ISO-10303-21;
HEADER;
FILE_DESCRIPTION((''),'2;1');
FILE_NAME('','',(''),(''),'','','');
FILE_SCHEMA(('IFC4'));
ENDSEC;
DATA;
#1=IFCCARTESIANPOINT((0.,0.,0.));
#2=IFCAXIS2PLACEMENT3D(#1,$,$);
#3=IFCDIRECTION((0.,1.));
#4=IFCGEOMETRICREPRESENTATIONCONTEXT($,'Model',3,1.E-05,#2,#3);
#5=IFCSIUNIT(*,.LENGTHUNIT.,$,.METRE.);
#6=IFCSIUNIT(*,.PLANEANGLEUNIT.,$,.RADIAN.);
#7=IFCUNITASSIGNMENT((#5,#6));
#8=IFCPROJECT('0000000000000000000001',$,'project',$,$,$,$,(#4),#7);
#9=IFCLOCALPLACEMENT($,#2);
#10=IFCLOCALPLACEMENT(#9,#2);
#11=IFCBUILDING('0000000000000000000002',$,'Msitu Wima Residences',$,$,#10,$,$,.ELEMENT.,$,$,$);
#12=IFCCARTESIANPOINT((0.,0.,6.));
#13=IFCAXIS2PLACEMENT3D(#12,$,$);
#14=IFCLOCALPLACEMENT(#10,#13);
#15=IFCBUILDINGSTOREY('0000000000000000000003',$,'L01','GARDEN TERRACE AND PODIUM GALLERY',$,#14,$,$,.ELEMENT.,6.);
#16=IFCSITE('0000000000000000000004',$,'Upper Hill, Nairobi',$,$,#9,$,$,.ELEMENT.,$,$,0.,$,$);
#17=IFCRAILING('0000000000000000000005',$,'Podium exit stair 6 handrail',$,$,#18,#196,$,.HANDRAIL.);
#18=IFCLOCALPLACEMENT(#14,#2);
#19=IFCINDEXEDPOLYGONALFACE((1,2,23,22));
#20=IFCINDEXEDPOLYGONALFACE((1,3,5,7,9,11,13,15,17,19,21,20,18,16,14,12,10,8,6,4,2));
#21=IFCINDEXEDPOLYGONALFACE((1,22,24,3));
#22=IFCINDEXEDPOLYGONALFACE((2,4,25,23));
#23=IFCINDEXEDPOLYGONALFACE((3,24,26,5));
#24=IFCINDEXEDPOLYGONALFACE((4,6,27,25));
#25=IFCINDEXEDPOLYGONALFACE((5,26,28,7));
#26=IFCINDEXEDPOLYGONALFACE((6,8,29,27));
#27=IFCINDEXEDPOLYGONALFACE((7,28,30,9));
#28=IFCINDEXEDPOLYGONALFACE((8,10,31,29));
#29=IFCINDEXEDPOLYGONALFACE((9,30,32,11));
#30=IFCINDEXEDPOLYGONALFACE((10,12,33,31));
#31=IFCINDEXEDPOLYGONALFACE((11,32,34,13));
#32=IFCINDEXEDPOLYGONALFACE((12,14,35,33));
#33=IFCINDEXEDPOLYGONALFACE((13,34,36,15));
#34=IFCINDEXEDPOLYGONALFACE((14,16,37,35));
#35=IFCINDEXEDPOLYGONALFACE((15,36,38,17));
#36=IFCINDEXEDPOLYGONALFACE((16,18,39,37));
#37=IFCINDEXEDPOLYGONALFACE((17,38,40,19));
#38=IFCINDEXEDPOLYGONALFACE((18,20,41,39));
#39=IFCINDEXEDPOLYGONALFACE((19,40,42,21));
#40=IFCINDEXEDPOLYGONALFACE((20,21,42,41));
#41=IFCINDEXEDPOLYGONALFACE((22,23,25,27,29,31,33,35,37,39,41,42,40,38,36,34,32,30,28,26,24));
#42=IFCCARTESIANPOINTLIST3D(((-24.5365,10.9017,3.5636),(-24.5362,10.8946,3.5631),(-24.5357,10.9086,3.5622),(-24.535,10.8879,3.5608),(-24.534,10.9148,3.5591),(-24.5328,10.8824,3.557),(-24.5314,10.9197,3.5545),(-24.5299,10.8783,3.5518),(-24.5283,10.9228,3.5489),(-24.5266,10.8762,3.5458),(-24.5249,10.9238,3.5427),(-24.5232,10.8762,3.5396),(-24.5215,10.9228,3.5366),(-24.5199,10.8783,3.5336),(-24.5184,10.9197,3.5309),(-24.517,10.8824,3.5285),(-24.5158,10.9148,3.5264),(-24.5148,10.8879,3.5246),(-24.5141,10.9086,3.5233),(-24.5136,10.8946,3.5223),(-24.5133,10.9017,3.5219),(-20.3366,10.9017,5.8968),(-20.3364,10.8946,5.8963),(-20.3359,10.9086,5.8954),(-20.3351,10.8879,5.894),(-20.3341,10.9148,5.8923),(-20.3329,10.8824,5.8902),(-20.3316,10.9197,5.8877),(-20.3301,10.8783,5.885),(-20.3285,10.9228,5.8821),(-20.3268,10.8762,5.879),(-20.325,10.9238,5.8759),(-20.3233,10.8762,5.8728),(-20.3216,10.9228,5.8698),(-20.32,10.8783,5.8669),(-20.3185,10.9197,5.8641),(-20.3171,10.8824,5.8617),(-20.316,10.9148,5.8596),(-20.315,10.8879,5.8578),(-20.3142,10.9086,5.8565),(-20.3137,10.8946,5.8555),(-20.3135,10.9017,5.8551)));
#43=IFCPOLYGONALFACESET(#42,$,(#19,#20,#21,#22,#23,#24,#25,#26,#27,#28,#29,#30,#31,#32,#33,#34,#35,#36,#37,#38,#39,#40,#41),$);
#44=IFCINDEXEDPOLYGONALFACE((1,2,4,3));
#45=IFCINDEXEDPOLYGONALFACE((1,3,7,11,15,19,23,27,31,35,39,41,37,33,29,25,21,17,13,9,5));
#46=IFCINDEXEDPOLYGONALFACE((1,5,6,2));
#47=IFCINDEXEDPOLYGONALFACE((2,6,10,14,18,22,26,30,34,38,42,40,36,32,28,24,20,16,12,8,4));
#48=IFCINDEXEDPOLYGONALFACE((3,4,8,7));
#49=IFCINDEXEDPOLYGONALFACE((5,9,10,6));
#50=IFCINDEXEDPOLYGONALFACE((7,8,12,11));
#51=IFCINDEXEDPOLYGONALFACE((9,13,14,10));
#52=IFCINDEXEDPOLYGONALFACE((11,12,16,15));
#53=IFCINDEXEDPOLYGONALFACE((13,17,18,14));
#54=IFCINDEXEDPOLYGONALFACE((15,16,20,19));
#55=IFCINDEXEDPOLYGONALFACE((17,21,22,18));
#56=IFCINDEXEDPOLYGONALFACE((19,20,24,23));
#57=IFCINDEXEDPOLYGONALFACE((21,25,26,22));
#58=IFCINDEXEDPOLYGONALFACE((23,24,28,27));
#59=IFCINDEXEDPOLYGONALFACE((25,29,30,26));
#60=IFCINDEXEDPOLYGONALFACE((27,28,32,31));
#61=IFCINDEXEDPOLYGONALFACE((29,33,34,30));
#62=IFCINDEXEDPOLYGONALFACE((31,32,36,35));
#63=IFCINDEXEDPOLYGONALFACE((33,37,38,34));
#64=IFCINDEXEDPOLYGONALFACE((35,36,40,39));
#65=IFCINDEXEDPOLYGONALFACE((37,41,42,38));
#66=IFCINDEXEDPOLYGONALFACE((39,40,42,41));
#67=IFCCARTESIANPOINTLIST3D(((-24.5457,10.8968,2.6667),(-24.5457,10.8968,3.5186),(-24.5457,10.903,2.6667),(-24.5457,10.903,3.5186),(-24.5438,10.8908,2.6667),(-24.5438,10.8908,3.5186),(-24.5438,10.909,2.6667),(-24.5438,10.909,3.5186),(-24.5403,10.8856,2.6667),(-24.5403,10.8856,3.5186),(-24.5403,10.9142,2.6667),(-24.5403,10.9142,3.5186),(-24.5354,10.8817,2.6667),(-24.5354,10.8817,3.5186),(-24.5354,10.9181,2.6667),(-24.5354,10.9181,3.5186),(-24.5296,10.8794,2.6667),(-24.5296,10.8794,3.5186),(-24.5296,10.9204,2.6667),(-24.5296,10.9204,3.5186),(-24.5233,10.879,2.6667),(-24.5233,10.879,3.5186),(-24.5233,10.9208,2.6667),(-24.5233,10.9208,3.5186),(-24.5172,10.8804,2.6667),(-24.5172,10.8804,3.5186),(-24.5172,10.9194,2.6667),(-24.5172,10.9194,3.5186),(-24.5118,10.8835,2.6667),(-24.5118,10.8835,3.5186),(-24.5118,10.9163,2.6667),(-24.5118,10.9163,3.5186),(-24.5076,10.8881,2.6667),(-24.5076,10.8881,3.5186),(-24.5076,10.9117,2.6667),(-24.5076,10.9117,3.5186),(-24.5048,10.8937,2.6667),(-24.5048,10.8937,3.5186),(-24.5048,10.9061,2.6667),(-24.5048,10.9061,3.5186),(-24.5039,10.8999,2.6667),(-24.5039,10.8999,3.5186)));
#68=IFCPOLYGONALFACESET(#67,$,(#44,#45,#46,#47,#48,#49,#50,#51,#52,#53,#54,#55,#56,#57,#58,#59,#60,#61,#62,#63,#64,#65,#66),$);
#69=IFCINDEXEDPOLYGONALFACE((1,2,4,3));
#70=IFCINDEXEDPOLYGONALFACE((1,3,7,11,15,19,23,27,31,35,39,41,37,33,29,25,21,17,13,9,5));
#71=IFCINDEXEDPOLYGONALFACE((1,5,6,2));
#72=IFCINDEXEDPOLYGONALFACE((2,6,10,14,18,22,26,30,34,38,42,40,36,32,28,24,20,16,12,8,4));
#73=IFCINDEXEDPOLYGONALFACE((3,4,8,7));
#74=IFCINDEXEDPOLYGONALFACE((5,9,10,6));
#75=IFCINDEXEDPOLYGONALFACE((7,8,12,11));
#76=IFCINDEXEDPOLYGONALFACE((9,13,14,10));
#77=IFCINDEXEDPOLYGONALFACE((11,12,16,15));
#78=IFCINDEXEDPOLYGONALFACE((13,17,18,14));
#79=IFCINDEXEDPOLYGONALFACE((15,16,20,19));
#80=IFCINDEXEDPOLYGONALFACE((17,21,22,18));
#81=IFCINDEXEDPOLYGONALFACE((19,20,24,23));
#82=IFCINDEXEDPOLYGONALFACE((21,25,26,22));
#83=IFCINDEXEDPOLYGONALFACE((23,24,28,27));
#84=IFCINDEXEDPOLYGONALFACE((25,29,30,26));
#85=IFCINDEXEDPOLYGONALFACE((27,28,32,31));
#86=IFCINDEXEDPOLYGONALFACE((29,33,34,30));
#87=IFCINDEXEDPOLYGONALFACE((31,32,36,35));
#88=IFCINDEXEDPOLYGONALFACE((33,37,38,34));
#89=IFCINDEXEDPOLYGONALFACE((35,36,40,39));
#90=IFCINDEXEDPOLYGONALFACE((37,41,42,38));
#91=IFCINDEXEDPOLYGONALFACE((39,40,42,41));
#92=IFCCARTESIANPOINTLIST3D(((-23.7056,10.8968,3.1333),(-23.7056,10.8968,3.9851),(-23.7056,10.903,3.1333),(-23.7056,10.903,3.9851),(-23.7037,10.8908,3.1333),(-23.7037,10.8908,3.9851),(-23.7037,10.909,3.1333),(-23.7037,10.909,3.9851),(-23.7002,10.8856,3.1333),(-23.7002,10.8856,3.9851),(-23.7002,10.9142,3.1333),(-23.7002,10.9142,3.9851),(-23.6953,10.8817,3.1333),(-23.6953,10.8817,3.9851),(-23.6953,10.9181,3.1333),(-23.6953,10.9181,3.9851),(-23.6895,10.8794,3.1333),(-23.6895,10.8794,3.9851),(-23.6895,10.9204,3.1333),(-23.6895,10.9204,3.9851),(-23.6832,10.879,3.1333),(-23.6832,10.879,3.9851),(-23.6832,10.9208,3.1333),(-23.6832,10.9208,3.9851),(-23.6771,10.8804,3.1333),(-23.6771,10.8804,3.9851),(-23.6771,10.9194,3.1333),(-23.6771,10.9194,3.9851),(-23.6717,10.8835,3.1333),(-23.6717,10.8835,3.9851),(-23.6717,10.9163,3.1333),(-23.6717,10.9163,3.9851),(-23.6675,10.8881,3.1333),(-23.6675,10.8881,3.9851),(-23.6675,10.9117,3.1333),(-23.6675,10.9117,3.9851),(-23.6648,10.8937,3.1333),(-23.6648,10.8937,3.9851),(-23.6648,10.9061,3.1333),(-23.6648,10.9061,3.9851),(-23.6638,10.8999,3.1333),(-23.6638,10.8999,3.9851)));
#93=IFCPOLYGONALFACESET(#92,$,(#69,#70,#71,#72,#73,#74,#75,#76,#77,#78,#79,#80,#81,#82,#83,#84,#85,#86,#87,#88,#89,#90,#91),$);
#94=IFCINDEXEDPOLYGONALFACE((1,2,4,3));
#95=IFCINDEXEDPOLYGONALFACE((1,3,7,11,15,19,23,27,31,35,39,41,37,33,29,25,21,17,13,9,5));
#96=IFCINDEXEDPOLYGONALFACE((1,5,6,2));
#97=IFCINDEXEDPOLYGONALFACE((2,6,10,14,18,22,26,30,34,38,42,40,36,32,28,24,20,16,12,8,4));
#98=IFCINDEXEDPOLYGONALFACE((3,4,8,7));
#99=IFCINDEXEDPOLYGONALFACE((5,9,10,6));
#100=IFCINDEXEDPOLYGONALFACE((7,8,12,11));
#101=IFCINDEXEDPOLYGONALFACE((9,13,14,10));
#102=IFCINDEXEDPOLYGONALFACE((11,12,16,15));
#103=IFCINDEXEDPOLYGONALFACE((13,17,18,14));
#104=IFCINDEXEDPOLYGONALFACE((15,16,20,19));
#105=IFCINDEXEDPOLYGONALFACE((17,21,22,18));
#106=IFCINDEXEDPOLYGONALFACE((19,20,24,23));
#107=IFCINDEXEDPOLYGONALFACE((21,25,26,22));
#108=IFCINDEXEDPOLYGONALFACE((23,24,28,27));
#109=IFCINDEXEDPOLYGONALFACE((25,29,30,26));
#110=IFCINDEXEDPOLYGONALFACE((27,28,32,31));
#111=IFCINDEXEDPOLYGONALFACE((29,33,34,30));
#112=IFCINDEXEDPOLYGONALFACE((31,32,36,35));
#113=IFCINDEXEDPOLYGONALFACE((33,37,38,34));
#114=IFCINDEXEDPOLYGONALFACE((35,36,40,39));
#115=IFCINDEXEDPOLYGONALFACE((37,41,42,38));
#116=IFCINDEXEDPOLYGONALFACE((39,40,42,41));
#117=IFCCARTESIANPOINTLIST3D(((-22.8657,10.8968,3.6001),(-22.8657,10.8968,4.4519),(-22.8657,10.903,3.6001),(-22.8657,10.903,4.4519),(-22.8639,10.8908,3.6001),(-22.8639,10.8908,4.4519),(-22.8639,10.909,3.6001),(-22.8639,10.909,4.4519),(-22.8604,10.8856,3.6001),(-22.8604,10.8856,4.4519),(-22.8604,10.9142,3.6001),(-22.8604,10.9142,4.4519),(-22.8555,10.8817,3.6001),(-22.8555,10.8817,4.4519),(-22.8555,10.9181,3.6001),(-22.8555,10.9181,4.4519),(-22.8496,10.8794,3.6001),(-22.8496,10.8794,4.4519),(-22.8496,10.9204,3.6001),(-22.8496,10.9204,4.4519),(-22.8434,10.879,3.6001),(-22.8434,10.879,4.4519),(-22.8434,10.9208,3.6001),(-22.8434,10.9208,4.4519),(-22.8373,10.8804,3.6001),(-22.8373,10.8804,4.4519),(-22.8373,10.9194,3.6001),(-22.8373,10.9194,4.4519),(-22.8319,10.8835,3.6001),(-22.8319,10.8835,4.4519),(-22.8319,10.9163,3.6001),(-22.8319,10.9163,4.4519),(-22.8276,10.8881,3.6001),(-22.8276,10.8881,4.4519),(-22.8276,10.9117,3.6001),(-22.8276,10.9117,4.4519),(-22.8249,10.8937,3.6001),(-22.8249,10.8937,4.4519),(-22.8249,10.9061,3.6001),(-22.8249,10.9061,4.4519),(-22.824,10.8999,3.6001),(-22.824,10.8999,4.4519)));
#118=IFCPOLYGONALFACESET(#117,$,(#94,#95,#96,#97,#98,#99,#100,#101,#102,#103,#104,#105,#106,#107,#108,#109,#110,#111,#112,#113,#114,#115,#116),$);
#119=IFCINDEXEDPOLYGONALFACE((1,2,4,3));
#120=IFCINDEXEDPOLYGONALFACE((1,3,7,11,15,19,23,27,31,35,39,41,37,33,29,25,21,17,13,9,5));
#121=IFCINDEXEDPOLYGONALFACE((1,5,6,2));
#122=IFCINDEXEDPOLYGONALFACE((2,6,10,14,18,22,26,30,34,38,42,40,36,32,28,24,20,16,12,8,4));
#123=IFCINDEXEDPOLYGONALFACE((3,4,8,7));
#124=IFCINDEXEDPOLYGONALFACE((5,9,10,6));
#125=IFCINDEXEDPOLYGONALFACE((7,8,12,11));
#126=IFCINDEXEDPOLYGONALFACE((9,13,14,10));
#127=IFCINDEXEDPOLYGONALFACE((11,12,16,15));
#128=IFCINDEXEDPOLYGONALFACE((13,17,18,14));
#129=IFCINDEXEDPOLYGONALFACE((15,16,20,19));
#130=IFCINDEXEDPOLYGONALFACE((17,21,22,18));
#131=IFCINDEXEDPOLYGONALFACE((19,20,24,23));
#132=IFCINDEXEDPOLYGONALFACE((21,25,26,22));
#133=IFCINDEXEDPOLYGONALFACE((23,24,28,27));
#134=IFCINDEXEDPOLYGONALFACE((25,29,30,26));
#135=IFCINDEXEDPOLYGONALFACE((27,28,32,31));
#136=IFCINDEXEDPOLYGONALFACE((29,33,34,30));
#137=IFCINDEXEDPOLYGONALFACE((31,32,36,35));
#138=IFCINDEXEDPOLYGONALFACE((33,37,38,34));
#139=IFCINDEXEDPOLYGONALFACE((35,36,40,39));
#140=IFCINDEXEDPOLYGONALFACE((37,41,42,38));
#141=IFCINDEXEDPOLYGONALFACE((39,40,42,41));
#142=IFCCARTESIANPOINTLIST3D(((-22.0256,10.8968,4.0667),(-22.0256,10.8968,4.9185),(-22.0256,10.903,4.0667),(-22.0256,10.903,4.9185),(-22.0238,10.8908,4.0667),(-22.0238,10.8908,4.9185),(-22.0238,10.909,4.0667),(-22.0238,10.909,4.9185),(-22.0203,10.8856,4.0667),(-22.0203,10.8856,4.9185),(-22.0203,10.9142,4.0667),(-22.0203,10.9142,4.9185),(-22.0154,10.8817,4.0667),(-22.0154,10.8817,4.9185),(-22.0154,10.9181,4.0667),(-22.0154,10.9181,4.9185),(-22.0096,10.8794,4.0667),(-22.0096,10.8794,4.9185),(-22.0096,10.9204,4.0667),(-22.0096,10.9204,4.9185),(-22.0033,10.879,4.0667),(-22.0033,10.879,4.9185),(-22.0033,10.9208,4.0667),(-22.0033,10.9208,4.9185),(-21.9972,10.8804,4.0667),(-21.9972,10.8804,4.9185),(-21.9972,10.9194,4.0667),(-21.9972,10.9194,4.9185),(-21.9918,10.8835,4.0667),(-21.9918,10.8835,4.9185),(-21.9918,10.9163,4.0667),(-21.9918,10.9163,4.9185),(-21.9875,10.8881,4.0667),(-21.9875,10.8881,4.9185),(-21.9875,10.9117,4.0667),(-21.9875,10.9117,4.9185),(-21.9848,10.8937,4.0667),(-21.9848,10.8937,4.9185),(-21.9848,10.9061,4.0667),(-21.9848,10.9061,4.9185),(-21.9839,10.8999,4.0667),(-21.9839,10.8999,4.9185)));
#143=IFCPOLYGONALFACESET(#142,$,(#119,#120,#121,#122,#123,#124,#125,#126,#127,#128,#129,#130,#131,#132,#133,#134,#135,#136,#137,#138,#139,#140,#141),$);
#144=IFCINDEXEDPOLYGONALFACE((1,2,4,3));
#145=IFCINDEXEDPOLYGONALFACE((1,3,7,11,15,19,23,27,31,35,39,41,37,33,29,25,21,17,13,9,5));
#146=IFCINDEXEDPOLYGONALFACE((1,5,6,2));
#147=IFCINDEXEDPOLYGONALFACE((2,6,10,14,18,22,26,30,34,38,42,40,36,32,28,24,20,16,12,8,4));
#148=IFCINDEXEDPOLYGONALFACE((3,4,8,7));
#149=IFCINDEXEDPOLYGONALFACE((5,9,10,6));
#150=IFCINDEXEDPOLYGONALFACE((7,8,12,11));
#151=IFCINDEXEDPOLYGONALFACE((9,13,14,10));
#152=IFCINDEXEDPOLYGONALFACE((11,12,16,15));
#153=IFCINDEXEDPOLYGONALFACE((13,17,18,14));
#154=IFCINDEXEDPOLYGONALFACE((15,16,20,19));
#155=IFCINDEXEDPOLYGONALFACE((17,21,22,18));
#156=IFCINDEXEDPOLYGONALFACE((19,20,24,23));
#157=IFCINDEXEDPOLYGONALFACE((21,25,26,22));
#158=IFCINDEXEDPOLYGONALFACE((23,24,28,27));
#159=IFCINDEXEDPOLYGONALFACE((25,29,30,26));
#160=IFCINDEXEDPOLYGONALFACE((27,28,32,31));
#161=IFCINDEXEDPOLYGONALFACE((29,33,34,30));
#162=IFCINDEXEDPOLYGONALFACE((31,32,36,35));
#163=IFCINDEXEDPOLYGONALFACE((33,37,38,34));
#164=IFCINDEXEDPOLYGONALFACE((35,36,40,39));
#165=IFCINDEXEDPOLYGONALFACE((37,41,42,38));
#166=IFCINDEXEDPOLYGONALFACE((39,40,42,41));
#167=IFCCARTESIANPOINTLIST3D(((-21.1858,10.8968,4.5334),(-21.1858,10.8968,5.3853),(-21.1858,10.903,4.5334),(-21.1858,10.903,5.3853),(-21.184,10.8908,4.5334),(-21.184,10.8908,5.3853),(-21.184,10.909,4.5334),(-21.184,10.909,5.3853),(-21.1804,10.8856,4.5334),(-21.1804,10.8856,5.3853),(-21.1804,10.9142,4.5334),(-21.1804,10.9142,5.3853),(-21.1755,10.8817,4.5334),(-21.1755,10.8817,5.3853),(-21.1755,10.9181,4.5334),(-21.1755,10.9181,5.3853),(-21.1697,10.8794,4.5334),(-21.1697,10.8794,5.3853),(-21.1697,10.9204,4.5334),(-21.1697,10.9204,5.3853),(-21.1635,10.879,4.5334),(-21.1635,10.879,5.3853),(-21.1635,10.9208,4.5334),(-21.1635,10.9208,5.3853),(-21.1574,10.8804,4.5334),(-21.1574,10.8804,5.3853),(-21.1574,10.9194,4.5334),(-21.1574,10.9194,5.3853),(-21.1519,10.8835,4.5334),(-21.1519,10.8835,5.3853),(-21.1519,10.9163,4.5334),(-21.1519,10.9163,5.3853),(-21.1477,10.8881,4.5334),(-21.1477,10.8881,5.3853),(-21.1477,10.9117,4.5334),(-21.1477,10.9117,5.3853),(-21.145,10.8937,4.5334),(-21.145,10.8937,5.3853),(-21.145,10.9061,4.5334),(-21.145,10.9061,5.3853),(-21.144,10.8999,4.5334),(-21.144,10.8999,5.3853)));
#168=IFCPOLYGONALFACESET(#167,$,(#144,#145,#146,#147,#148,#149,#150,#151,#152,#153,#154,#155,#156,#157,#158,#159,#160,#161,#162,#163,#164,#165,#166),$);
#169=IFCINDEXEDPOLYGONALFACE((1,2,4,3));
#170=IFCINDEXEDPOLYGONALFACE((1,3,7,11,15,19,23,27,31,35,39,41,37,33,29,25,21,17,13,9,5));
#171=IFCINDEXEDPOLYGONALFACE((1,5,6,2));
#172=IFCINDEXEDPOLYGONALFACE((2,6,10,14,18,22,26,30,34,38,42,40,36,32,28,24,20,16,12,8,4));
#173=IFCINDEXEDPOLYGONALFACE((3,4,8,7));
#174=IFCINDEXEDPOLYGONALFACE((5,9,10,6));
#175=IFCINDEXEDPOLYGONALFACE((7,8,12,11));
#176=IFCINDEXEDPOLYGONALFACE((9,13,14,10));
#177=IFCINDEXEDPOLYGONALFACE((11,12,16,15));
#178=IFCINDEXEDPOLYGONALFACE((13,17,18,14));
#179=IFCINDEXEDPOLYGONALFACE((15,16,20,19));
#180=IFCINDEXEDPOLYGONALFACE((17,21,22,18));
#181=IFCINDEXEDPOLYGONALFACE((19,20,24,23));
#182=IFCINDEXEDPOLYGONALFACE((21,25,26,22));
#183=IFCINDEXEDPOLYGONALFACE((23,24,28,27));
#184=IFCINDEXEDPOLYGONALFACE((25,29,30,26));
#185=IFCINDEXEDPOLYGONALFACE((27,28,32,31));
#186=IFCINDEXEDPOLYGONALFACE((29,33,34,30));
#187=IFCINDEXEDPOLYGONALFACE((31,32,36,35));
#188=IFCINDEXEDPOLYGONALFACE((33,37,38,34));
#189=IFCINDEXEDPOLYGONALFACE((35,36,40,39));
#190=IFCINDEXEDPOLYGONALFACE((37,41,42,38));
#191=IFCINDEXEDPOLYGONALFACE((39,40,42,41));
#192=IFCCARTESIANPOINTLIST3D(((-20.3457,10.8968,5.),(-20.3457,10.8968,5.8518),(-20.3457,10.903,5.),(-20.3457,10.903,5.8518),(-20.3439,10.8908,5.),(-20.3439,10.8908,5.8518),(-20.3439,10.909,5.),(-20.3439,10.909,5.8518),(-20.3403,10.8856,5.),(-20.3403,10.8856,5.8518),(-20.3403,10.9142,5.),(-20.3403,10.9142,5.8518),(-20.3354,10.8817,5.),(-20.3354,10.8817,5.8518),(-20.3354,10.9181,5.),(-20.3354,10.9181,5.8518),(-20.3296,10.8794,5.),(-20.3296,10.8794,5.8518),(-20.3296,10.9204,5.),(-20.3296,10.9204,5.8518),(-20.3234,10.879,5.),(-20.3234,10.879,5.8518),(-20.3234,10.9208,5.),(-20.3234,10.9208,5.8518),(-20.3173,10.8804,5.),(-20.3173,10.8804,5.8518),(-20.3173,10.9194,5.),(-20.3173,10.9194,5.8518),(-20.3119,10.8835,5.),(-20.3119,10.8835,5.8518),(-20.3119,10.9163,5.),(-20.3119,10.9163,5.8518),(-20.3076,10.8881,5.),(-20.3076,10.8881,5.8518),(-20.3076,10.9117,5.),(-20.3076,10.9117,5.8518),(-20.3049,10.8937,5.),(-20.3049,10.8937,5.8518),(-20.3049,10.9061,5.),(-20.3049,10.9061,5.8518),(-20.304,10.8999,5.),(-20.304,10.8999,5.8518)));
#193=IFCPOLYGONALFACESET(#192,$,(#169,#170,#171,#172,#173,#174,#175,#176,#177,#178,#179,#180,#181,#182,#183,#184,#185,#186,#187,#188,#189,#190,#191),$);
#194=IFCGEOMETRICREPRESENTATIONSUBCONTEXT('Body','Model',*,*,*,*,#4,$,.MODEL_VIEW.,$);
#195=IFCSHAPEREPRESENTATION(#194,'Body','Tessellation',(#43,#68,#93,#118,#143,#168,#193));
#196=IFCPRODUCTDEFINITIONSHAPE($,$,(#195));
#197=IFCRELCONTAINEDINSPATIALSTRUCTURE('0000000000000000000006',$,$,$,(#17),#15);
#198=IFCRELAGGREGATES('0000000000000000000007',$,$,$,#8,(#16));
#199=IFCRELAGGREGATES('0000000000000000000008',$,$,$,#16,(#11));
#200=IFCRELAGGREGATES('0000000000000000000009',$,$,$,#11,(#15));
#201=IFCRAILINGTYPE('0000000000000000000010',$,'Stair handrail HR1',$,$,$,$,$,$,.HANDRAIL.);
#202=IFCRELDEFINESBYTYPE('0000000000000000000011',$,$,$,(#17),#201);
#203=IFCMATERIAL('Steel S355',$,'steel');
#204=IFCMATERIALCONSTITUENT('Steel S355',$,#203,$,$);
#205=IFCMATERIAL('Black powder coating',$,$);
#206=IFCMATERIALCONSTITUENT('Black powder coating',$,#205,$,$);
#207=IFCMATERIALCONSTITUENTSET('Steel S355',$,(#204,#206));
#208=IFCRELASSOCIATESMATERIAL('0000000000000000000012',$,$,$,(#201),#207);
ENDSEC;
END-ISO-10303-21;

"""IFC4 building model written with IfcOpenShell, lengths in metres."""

from ifc_helpers import new_model, si_unit, direction, frame, origin, origin_2d, place, context, subcontext, project, spatial, circle, extrude, material, constituent, constituent_set, type_object, element, save


model = new_model("IFC4")

# Units and contexts
model_context = context("Model", 3, precision=1e-05, world=origin(), true_north=direction((0.0, 1.0)))
body_context = subcontext(model_context, "Body", "Model", "MODEL_VIEW")
ifc_project = project(units=[si_unit("LENGTHUNIT", "METRE"), si_unit("PLANEANGLEUNIT", "RADIAN")], contexts=[model_context])

# Site, building, storey
site_placement = place(None, origin())
site = spatial("IfcSite", under=ifc_project, at=site_placement, Name="Upper Hill, Nairobi", CompositionType="ELEMENT", RefElevation=0.0)
building_placement = place(site_placement, origin())
building = spatial("IfcBuilding", under=site, at=building_placement, Name="Msitu Wima Residences", CompositionType="ELEMENT")
storey_placement = place(building_placement, frame((0.0, 0.0, 6.0)))
storey = spatial("IfcBuildingStorey", under=building, at=storey_placement, Name="L01", Description="GARDEN TERRACE AND PODIUM GALLERY", CompositionType="ELEMENT", Elevation=6.0)

# Railing
ifc_material_1 = material(Name="Steel S355", Category="steel")
ifc_constituent_1 = constituent(ifc_material_1, Name="Steel S355")
ifc_material_2 = material(Name="Black powder coating")
ifc_constituent_2 = constituent(ifc_material_2, Name="Black powder coating")
ifc_constituent_set = constituent_set(constituents=[ifc_constituent_1, ifc_constituent_2], Name="Steel S355")
railing_type = type_object("IfcRailingType", Name="Stair handrail HR1", PredefinedType="HANDRAIL", material=ifc_constituent_set)
for number, where, name in (
    (1, (-24.5249, 10.8999, 2.6667), "Podium exit stair 6 handrail"),
):
    element("IfcRailing", number, at=place(storey_placement, frame(where)), inside=storey, type_object=railing_type, Name=name, PredefinedType="HANDRAIL", context=body_context, shape_type="SweptSolid", body=[
        extrude(circle(Radius=0.0239, at=origin_2d()), frame((0.0, 0.0, 0.876), z_axis=(0.874162, 0.0, 0.485634), x_axis=(0.0, 1.0, 0.0)), (0.0, 0.0, 1.0), 4.8044),
        extrude(circle(Radius=0.021, at=origin_2d()), origin(), (0.0, 0.0, 1.0), 0.8518),
        extrude(circle(Radius=0.021, at=origin_2d()), frame((0.8401, 0.0, 0.4666)), (0.0, 0.0, 1.0), 0.8518),
        extrude(circle(Radius=0.021, at=origin_2d()), frame((1.6799, 0.0, 0.9333)), (0.0, 0.0, 1.0), 0.8518),
        extrude(circle(Radius=0.021, at=origin_2d()), frame((2.52, 0.0, 1.3999)), (0.0, 0.0, 1.0), 0.8518),
        extrude(circle(Radius=0.021, at=origin_2d()), frame((3.3599, 0.0, 1.8667)), (0.0, 0.0, 1.0), 0.8518),
        extrude(circle(Radius=0.021, at=origin_2d()), frame((4.2, 0.0, 2.3333)), (0.0, 0.0, 1.0), 0.8518),
    ])

save(model, "model.ifc")
